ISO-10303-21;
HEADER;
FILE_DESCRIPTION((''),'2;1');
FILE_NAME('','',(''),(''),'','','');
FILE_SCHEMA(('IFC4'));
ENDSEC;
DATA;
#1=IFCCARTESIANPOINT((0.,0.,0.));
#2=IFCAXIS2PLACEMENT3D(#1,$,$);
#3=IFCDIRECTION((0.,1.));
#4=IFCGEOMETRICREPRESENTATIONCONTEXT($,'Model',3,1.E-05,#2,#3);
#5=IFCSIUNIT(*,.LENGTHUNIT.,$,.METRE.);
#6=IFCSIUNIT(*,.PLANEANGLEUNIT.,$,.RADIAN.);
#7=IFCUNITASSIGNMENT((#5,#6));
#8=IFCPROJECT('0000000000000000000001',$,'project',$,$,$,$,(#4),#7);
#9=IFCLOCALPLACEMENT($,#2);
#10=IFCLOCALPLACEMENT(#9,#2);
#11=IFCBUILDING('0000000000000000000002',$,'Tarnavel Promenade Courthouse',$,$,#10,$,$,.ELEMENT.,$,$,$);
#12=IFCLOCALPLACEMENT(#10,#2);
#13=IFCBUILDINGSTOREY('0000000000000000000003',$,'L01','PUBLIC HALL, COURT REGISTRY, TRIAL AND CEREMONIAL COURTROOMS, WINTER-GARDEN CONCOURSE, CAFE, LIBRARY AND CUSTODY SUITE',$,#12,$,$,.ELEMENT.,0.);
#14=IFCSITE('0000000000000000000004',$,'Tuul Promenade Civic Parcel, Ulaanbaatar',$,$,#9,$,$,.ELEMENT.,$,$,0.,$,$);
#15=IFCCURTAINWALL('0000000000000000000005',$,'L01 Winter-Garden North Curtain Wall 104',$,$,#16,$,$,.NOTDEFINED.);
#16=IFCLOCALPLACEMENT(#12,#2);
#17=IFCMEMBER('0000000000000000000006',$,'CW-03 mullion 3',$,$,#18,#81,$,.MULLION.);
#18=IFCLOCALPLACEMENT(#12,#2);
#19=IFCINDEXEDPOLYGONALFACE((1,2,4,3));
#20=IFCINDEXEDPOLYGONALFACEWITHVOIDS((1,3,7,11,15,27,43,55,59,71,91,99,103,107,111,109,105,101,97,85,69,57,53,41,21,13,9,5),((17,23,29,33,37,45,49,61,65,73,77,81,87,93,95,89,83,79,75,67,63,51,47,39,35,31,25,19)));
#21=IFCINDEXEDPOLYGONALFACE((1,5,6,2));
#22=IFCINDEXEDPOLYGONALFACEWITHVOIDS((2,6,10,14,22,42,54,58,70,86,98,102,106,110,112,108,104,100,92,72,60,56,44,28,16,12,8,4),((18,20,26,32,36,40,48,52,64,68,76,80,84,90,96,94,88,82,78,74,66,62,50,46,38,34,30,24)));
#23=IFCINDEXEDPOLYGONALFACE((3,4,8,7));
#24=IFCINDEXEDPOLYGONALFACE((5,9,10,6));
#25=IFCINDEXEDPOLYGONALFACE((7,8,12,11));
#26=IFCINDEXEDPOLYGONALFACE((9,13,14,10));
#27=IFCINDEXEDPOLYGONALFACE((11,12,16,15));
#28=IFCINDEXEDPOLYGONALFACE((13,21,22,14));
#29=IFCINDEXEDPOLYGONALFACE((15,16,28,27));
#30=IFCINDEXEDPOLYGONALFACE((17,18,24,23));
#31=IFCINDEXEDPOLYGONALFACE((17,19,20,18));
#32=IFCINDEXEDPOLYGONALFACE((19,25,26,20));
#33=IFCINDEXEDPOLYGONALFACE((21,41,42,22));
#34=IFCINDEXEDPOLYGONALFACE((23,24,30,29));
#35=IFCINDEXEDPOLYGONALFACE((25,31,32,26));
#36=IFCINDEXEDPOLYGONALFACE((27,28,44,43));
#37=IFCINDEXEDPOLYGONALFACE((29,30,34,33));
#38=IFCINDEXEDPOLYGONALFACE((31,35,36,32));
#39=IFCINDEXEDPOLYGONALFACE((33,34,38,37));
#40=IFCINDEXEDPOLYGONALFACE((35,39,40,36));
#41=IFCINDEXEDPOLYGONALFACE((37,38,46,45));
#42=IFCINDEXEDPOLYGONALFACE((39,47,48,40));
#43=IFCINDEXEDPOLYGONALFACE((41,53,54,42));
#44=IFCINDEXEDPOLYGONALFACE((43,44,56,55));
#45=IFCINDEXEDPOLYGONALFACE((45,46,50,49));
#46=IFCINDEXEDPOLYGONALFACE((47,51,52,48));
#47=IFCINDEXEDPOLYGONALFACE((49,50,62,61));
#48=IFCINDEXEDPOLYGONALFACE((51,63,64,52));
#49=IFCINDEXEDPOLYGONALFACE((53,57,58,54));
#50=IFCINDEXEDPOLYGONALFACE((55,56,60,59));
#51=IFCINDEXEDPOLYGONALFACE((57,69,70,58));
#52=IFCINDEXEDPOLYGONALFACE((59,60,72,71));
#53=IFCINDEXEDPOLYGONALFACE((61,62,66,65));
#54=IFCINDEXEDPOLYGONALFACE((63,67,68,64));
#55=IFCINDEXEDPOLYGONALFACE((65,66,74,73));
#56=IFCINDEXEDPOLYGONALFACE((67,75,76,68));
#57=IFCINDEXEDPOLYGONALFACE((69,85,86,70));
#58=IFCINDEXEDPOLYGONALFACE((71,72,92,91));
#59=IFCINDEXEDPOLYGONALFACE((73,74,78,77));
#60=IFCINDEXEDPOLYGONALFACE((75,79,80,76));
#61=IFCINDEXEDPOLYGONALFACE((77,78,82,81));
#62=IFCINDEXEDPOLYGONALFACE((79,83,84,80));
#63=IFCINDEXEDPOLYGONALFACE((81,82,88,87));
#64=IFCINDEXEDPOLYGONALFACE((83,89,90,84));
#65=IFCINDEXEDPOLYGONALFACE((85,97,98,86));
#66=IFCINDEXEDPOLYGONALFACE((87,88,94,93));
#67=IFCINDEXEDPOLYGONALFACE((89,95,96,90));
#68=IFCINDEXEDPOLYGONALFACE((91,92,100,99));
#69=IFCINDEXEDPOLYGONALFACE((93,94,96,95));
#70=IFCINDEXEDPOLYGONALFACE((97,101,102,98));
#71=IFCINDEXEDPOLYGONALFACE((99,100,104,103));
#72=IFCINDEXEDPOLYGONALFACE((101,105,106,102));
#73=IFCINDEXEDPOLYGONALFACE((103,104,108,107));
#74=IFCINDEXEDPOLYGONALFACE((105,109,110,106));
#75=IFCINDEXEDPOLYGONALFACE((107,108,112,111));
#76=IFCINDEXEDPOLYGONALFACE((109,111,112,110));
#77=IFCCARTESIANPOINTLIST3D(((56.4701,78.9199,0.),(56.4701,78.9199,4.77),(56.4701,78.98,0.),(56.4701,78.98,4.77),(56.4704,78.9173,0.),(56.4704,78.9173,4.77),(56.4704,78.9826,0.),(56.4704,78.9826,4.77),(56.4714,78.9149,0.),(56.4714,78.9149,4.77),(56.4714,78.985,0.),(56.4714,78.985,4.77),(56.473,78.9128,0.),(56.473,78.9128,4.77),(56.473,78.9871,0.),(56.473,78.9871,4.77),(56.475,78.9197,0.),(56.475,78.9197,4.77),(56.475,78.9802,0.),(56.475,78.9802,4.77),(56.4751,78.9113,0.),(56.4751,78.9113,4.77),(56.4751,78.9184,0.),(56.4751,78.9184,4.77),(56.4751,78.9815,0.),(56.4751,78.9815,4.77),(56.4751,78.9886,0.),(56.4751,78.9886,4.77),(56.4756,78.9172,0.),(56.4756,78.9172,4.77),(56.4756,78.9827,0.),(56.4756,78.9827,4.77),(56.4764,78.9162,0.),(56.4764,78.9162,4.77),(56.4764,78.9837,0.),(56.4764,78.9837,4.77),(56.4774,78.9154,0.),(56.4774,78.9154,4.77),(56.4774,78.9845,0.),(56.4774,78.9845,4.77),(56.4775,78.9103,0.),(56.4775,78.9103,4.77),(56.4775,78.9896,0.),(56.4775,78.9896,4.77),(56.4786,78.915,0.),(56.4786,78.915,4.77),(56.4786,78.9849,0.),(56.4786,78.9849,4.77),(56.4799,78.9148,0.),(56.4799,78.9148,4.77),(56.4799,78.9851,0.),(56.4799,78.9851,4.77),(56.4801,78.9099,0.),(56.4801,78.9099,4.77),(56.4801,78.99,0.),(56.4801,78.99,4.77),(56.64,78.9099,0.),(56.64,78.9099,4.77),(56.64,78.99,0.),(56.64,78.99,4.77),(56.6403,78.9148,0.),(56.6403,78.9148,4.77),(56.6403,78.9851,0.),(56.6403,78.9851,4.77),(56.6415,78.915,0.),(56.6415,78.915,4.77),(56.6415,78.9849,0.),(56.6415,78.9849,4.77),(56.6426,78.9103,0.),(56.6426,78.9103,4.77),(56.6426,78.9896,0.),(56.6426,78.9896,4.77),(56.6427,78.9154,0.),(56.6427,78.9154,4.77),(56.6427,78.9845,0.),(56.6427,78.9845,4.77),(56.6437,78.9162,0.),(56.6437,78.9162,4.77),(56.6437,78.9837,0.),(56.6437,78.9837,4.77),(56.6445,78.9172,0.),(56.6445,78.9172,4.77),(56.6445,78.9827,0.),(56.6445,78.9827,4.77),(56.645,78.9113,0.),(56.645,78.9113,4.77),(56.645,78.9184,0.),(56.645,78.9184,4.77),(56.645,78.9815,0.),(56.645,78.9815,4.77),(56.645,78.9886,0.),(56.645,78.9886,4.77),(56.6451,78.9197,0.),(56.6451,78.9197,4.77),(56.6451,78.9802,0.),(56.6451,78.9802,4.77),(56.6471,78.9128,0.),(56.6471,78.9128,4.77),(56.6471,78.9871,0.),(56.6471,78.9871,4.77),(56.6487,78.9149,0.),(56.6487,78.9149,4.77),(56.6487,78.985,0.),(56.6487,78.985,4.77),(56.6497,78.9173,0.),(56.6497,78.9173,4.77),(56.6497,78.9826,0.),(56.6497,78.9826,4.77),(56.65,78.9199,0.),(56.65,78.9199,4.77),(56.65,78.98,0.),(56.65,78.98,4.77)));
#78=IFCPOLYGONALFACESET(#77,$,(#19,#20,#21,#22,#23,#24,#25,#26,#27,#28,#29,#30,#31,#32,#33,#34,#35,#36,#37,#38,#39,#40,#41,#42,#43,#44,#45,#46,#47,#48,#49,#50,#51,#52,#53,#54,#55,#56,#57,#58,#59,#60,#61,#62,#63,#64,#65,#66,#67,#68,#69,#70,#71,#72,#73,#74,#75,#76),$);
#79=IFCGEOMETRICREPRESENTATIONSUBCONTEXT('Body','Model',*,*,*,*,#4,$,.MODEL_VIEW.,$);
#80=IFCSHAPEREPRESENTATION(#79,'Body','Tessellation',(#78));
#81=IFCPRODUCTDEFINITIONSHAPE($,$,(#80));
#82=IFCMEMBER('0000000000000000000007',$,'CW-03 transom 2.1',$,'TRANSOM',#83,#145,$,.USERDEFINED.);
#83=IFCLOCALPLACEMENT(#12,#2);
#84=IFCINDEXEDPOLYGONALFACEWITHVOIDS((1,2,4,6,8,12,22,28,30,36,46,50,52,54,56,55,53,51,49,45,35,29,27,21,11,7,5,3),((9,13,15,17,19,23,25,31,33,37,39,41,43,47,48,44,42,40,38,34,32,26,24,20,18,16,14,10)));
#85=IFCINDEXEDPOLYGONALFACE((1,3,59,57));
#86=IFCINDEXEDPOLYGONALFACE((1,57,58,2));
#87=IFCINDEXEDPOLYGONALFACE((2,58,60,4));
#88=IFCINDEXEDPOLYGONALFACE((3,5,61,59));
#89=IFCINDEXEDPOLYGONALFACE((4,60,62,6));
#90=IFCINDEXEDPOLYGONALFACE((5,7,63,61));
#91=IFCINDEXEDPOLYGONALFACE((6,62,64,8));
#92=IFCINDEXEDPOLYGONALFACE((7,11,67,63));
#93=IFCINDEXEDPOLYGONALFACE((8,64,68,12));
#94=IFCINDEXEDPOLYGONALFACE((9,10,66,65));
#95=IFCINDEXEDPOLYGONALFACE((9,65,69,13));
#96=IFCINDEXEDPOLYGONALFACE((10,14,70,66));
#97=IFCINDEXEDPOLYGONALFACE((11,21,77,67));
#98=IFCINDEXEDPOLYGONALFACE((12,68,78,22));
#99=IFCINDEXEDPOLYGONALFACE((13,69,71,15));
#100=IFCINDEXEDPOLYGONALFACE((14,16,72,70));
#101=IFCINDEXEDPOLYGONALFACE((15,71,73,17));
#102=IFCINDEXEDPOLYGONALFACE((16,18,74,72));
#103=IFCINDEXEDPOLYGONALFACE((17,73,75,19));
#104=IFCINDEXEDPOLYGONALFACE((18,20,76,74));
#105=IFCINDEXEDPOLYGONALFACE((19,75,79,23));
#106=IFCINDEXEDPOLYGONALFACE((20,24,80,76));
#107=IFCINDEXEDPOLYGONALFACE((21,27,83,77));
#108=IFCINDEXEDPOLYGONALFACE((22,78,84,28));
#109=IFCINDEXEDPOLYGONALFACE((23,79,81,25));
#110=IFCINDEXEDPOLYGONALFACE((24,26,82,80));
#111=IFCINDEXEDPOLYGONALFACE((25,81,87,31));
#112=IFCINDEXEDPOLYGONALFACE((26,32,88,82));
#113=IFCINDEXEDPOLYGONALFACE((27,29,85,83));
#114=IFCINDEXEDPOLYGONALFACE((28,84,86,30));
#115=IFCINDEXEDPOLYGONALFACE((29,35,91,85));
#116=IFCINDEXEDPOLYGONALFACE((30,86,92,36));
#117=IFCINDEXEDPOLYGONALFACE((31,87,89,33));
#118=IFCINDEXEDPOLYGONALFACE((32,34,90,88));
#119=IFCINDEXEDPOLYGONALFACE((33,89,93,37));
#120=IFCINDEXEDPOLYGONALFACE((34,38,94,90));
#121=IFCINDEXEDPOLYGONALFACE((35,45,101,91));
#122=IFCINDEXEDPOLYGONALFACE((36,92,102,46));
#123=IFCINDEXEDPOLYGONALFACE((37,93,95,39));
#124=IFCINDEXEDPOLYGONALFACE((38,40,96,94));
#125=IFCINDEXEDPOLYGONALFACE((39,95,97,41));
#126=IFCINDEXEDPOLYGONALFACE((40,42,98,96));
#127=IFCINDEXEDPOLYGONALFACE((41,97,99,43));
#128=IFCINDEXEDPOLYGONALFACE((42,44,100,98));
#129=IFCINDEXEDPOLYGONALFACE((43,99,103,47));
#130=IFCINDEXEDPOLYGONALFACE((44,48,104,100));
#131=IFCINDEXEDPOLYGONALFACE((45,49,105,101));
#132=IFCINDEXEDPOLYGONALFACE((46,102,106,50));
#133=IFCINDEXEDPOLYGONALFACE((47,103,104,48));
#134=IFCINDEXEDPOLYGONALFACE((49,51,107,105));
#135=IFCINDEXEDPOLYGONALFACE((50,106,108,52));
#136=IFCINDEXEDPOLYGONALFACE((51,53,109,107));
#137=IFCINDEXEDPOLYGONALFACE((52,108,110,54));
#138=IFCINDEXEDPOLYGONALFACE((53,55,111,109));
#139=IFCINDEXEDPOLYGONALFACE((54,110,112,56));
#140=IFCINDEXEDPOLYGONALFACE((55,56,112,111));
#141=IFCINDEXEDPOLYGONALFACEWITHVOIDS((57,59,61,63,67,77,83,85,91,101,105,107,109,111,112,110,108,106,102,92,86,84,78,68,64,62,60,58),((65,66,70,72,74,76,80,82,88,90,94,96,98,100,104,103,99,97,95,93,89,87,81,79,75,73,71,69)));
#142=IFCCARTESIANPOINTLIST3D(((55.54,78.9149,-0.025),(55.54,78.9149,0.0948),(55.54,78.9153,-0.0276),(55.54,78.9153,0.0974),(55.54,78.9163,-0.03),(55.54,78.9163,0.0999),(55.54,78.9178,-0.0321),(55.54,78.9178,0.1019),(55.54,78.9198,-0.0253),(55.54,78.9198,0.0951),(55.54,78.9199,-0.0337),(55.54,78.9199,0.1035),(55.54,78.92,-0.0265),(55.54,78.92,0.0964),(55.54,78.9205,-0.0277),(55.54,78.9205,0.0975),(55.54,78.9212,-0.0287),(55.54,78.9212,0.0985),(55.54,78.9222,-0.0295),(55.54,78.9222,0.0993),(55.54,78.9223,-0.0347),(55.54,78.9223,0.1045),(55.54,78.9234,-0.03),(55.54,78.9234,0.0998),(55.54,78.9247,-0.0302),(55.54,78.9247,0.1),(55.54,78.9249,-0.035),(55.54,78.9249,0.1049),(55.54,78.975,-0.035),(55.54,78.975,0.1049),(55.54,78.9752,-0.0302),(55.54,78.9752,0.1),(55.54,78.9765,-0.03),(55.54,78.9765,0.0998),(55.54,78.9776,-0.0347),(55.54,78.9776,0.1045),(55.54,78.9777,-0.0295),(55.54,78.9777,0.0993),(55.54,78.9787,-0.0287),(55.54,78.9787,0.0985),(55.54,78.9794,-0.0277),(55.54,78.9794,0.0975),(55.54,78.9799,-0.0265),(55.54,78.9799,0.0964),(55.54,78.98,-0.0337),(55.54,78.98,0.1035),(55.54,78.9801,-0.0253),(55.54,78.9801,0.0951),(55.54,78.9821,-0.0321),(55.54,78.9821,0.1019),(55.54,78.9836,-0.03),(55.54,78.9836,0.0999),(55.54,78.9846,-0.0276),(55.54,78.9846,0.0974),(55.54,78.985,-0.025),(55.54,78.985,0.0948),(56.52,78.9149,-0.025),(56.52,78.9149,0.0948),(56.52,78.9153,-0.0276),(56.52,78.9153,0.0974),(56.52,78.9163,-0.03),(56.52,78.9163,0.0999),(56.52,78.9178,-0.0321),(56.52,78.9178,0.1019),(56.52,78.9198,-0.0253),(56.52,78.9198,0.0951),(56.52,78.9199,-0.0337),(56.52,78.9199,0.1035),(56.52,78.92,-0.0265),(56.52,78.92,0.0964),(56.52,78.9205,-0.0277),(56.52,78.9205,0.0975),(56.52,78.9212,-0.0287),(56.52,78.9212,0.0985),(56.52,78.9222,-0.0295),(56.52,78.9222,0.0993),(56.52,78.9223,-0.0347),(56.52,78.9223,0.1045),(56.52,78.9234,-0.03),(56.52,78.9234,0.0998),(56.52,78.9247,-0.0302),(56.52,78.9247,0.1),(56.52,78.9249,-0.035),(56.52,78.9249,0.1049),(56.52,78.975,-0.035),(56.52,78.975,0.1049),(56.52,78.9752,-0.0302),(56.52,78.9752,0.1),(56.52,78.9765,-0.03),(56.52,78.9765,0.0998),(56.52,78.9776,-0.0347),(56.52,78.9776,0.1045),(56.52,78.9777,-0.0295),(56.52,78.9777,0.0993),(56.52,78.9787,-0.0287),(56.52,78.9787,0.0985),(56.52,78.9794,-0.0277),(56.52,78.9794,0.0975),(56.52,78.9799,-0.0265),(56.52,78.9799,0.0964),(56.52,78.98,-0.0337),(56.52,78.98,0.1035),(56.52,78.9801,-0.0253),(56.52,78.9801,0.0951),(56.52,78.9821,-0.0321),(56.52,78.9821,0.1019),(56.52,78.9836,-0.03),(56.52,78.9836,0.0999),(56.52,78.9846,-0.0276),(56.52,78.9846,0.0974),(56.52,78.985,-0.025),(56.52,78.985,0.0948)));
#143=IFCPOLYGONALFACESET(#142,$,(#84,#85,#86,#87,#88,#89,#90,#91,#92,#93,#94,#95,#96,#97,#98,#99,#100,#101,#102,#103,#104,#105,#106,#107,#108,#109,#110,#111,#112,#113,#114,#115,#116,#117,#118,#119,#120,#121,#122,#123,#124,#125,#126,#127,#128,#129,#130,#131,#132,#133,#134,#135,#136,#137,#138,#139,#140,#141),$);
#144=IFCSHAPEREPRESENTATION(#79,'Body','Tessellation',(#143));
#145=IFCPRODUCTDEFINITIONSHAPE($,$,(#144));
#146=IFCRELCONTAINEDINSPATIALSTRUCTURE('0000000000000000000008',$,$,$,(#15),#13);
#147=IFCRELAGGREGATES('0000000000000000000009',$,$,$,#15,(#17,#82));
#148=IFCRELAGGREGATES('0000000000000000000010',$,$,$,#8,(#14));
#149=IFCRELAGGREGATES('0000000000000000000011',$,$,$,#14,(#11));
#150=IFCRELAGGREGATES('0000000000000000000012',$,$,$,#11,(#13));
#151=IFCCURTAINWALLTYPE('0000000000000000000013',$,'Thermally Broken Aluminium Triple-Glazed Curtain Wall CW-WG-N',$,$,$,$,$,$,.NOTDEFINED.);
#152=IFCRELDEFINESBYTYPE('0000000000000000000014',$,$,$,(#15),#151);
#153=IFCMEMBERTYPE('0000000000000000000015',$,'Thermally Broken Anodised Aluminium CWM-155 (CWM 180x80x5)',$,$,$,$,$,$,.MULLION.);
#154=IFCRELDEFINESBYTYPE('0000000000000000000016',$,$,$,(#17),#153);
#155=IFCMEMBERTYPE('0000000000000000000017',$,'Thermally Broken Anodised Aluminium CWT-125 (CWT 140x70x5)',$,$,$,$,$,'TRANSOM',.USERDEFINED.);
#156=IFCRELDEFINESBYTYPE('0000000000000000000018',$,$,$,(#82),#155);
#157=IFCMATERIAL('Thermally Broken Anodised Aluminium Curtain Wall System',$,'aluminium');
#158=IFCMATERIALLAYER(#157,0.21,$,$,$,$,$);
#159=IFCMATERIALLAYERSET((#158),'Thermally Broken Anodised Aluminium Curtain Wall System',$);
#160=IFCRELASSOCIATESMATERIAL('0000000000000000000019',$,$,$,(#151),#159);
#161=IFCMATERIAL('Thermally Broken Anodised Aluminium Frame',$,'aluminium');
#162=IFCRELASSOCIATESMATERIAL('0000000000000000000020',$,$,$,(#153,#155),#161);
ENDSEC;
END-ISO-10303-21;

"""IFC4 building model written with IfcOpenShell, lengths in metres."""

from ifc_helpers import new_model, si_unit, direction, frame, origin, origin_2d, place, context, subcontext, project, spatial, hollow_rectangle, extrude, material, layer, layer_set, material_profile, profile_set, type_object, element, aggregate, save


model = new_model("IFC4")

# Units and contexts
model_context = context("Model", 3, precision=1e-05, world=origin(), true_north=direction((0.0, 1.0)))
body_context = subcontext(model_context, "Body", "Model", "MODEL_VIEW")
ifc_project = project(units=[si_unit("LENGTHUNIT", "METRE"), si_unit("PLANEANGLEUNIT", "RADIAN")], contexts=[model_context])

# Site, building, storey
site_placement = place(None, origin())
site = spatial("IfcSite", under=ifc_project, at=site_placement, Name="Tuul Promenade Civic Parcel, Ulaanbaatar", CompositionType="ELEMENT", RefElevation=0.0)
building_placement = place(site_placement, origin())
building = spatial("IfcBuilding", under=site, at=building_placement, Name="Tarnavel Promenade Courthouse", CompositionType="ELEMENT")
storey_placement = place(building_placement, origin())
storey = spatial("IfcBuildingStorey", under=building, at=storey_placement, Name="L01", Description="PUBLIC HALL, COURT REGISTRY, TRIAL AND CEREMONIAL COURTROOMS, WINTER-GARDEN CONCOURSE, CAFE, LIBRARY AND CUSTODY SUITE", CompositionType="ELEMENT", Elevation=0.0)

# Curtain wall, members
ifc_material_1 = material(Name="Thermally Broken Anodised Aluminium Curtain Wall System", Category="aluminium")
ifc_layer_1 = layer(ifc_material_1, 0.21)
ifc_layer_set_1 = layer_set([ifc_layer_1], Name="Thermally Broken Anodised Aluminium Curtain Wall System")
curtain_wall_type = type_object("IfcCurtainWallType", Name="Thermally Broken Aluminium Triple-Glazed Curtain Wall CW-WG-N", PredefinedType="NOTDEFINED", material=ifc_layer_set_1)
curtain_wall_placement = place(storey_placement, origin())
curtain_wall = element("IfcCurtainWall", 1, at=curtain_wall_placement, inside=storey, type_object=curtain_wall_type, Name="L01 Winter-Garden North Curtain Wall 104", PredefinedType="NOTDEFINED")
ifc_material_2 = material(Name="Thermally Broken Anodised Aluminium Frame", Category="aluminium")
ifc_material_profile_1 = material_profile(ifc_material_2, hollow_rectangle(XDim=0.0801, YDim=0.1799, WallThickness=0.0049, InnerFilletRadius=0.0049, OuterFilletRadius=0.01, at=origin_2d()), Name="CWM 180x80x5")
ifc_profile_set_1 = profile_set([ifc_material_profile_1], Name="Thermally Broken Anodised Aluminium Frame")
member_type_1 = type_object("IfcMemberType", Name="Thermally Broken Anodised Aluminium CWM-155 (CWM 180x80x5)", PredefinedType="MULLION", material=ifc_profile_set_1)
member_1_placement = place(storey_placement, frame((56.5601, 78.95, 0.0), z_axis=(0.0, 0.0, 1.0), x_axis=(0.0, 1.0, 0.0)))
member_1 = element("IfcMember", 2, at=member_1_placement, type_object=member_type_1, Name="CW-03 mullion 3", PredefinedType="MULLION", context=body_context, shape_type="SweptSolid", body=[
    extrude(hollow_rectangle(XDim=0.0801, YDim=0.1799, WallThickness=0.0049, InnerFilletRadius=0.0049, OuterFilletRadius=0.01, at=origin_2d()), origin(), (0.0, 0.0, 1.0), 4.77),
])
ifc_material_profile_2 = material_profile(ifc_material_2, hollow_rectangle(XDim=0.0701, YDim=0.1399, WallThickness=0.0049, InnerFilletRadius=0.0049, OuterFilletRadius=0.01, at=origin_2d()), Name="CWT 140x70x5")
ifc_profile_set_2 = profile_set([ifc_material_profile_2], Name="Thermally Broken Anodised Aluminium Frame")
member_type_2 = type_object("IfcMemberType", Name="Thermally Broken Anodised Aluminium CWT-125 (CWT 140x70x5)", ElementType="TRANSOM", PredefinedType="USERDEFINED", material=ifc_profile_set_2)
member_2_placement = place(storey_placement, frame((55.54, 78.95, 0.0349), z_axis=(1.0, 0.0, 0.0), x_axis=(0.0, 1.0, 0.0)))
member_2 = element("IfcMember", 3, at=member_2_placement, type_object=member_type_2, Name="CW-03 transom 2.1", ObjectType="TRANSOM", PredefinedType="USERDEFINED", context=body_context, shape_type="SweptSolid", body=[
    extrude(hollow_rectangle(XDim=0.0701, YDim=0.1399, WallThickness=0.0049, InnerFilletRadius=0.0049, OuterFilletRadius=0.01, at=origin_2d()), origin(), (0.0, 0.0, 1.0), 0.98),
])
aggregate(curtain_wall, [member_1, member_2])

save(model, "model.ifc")
